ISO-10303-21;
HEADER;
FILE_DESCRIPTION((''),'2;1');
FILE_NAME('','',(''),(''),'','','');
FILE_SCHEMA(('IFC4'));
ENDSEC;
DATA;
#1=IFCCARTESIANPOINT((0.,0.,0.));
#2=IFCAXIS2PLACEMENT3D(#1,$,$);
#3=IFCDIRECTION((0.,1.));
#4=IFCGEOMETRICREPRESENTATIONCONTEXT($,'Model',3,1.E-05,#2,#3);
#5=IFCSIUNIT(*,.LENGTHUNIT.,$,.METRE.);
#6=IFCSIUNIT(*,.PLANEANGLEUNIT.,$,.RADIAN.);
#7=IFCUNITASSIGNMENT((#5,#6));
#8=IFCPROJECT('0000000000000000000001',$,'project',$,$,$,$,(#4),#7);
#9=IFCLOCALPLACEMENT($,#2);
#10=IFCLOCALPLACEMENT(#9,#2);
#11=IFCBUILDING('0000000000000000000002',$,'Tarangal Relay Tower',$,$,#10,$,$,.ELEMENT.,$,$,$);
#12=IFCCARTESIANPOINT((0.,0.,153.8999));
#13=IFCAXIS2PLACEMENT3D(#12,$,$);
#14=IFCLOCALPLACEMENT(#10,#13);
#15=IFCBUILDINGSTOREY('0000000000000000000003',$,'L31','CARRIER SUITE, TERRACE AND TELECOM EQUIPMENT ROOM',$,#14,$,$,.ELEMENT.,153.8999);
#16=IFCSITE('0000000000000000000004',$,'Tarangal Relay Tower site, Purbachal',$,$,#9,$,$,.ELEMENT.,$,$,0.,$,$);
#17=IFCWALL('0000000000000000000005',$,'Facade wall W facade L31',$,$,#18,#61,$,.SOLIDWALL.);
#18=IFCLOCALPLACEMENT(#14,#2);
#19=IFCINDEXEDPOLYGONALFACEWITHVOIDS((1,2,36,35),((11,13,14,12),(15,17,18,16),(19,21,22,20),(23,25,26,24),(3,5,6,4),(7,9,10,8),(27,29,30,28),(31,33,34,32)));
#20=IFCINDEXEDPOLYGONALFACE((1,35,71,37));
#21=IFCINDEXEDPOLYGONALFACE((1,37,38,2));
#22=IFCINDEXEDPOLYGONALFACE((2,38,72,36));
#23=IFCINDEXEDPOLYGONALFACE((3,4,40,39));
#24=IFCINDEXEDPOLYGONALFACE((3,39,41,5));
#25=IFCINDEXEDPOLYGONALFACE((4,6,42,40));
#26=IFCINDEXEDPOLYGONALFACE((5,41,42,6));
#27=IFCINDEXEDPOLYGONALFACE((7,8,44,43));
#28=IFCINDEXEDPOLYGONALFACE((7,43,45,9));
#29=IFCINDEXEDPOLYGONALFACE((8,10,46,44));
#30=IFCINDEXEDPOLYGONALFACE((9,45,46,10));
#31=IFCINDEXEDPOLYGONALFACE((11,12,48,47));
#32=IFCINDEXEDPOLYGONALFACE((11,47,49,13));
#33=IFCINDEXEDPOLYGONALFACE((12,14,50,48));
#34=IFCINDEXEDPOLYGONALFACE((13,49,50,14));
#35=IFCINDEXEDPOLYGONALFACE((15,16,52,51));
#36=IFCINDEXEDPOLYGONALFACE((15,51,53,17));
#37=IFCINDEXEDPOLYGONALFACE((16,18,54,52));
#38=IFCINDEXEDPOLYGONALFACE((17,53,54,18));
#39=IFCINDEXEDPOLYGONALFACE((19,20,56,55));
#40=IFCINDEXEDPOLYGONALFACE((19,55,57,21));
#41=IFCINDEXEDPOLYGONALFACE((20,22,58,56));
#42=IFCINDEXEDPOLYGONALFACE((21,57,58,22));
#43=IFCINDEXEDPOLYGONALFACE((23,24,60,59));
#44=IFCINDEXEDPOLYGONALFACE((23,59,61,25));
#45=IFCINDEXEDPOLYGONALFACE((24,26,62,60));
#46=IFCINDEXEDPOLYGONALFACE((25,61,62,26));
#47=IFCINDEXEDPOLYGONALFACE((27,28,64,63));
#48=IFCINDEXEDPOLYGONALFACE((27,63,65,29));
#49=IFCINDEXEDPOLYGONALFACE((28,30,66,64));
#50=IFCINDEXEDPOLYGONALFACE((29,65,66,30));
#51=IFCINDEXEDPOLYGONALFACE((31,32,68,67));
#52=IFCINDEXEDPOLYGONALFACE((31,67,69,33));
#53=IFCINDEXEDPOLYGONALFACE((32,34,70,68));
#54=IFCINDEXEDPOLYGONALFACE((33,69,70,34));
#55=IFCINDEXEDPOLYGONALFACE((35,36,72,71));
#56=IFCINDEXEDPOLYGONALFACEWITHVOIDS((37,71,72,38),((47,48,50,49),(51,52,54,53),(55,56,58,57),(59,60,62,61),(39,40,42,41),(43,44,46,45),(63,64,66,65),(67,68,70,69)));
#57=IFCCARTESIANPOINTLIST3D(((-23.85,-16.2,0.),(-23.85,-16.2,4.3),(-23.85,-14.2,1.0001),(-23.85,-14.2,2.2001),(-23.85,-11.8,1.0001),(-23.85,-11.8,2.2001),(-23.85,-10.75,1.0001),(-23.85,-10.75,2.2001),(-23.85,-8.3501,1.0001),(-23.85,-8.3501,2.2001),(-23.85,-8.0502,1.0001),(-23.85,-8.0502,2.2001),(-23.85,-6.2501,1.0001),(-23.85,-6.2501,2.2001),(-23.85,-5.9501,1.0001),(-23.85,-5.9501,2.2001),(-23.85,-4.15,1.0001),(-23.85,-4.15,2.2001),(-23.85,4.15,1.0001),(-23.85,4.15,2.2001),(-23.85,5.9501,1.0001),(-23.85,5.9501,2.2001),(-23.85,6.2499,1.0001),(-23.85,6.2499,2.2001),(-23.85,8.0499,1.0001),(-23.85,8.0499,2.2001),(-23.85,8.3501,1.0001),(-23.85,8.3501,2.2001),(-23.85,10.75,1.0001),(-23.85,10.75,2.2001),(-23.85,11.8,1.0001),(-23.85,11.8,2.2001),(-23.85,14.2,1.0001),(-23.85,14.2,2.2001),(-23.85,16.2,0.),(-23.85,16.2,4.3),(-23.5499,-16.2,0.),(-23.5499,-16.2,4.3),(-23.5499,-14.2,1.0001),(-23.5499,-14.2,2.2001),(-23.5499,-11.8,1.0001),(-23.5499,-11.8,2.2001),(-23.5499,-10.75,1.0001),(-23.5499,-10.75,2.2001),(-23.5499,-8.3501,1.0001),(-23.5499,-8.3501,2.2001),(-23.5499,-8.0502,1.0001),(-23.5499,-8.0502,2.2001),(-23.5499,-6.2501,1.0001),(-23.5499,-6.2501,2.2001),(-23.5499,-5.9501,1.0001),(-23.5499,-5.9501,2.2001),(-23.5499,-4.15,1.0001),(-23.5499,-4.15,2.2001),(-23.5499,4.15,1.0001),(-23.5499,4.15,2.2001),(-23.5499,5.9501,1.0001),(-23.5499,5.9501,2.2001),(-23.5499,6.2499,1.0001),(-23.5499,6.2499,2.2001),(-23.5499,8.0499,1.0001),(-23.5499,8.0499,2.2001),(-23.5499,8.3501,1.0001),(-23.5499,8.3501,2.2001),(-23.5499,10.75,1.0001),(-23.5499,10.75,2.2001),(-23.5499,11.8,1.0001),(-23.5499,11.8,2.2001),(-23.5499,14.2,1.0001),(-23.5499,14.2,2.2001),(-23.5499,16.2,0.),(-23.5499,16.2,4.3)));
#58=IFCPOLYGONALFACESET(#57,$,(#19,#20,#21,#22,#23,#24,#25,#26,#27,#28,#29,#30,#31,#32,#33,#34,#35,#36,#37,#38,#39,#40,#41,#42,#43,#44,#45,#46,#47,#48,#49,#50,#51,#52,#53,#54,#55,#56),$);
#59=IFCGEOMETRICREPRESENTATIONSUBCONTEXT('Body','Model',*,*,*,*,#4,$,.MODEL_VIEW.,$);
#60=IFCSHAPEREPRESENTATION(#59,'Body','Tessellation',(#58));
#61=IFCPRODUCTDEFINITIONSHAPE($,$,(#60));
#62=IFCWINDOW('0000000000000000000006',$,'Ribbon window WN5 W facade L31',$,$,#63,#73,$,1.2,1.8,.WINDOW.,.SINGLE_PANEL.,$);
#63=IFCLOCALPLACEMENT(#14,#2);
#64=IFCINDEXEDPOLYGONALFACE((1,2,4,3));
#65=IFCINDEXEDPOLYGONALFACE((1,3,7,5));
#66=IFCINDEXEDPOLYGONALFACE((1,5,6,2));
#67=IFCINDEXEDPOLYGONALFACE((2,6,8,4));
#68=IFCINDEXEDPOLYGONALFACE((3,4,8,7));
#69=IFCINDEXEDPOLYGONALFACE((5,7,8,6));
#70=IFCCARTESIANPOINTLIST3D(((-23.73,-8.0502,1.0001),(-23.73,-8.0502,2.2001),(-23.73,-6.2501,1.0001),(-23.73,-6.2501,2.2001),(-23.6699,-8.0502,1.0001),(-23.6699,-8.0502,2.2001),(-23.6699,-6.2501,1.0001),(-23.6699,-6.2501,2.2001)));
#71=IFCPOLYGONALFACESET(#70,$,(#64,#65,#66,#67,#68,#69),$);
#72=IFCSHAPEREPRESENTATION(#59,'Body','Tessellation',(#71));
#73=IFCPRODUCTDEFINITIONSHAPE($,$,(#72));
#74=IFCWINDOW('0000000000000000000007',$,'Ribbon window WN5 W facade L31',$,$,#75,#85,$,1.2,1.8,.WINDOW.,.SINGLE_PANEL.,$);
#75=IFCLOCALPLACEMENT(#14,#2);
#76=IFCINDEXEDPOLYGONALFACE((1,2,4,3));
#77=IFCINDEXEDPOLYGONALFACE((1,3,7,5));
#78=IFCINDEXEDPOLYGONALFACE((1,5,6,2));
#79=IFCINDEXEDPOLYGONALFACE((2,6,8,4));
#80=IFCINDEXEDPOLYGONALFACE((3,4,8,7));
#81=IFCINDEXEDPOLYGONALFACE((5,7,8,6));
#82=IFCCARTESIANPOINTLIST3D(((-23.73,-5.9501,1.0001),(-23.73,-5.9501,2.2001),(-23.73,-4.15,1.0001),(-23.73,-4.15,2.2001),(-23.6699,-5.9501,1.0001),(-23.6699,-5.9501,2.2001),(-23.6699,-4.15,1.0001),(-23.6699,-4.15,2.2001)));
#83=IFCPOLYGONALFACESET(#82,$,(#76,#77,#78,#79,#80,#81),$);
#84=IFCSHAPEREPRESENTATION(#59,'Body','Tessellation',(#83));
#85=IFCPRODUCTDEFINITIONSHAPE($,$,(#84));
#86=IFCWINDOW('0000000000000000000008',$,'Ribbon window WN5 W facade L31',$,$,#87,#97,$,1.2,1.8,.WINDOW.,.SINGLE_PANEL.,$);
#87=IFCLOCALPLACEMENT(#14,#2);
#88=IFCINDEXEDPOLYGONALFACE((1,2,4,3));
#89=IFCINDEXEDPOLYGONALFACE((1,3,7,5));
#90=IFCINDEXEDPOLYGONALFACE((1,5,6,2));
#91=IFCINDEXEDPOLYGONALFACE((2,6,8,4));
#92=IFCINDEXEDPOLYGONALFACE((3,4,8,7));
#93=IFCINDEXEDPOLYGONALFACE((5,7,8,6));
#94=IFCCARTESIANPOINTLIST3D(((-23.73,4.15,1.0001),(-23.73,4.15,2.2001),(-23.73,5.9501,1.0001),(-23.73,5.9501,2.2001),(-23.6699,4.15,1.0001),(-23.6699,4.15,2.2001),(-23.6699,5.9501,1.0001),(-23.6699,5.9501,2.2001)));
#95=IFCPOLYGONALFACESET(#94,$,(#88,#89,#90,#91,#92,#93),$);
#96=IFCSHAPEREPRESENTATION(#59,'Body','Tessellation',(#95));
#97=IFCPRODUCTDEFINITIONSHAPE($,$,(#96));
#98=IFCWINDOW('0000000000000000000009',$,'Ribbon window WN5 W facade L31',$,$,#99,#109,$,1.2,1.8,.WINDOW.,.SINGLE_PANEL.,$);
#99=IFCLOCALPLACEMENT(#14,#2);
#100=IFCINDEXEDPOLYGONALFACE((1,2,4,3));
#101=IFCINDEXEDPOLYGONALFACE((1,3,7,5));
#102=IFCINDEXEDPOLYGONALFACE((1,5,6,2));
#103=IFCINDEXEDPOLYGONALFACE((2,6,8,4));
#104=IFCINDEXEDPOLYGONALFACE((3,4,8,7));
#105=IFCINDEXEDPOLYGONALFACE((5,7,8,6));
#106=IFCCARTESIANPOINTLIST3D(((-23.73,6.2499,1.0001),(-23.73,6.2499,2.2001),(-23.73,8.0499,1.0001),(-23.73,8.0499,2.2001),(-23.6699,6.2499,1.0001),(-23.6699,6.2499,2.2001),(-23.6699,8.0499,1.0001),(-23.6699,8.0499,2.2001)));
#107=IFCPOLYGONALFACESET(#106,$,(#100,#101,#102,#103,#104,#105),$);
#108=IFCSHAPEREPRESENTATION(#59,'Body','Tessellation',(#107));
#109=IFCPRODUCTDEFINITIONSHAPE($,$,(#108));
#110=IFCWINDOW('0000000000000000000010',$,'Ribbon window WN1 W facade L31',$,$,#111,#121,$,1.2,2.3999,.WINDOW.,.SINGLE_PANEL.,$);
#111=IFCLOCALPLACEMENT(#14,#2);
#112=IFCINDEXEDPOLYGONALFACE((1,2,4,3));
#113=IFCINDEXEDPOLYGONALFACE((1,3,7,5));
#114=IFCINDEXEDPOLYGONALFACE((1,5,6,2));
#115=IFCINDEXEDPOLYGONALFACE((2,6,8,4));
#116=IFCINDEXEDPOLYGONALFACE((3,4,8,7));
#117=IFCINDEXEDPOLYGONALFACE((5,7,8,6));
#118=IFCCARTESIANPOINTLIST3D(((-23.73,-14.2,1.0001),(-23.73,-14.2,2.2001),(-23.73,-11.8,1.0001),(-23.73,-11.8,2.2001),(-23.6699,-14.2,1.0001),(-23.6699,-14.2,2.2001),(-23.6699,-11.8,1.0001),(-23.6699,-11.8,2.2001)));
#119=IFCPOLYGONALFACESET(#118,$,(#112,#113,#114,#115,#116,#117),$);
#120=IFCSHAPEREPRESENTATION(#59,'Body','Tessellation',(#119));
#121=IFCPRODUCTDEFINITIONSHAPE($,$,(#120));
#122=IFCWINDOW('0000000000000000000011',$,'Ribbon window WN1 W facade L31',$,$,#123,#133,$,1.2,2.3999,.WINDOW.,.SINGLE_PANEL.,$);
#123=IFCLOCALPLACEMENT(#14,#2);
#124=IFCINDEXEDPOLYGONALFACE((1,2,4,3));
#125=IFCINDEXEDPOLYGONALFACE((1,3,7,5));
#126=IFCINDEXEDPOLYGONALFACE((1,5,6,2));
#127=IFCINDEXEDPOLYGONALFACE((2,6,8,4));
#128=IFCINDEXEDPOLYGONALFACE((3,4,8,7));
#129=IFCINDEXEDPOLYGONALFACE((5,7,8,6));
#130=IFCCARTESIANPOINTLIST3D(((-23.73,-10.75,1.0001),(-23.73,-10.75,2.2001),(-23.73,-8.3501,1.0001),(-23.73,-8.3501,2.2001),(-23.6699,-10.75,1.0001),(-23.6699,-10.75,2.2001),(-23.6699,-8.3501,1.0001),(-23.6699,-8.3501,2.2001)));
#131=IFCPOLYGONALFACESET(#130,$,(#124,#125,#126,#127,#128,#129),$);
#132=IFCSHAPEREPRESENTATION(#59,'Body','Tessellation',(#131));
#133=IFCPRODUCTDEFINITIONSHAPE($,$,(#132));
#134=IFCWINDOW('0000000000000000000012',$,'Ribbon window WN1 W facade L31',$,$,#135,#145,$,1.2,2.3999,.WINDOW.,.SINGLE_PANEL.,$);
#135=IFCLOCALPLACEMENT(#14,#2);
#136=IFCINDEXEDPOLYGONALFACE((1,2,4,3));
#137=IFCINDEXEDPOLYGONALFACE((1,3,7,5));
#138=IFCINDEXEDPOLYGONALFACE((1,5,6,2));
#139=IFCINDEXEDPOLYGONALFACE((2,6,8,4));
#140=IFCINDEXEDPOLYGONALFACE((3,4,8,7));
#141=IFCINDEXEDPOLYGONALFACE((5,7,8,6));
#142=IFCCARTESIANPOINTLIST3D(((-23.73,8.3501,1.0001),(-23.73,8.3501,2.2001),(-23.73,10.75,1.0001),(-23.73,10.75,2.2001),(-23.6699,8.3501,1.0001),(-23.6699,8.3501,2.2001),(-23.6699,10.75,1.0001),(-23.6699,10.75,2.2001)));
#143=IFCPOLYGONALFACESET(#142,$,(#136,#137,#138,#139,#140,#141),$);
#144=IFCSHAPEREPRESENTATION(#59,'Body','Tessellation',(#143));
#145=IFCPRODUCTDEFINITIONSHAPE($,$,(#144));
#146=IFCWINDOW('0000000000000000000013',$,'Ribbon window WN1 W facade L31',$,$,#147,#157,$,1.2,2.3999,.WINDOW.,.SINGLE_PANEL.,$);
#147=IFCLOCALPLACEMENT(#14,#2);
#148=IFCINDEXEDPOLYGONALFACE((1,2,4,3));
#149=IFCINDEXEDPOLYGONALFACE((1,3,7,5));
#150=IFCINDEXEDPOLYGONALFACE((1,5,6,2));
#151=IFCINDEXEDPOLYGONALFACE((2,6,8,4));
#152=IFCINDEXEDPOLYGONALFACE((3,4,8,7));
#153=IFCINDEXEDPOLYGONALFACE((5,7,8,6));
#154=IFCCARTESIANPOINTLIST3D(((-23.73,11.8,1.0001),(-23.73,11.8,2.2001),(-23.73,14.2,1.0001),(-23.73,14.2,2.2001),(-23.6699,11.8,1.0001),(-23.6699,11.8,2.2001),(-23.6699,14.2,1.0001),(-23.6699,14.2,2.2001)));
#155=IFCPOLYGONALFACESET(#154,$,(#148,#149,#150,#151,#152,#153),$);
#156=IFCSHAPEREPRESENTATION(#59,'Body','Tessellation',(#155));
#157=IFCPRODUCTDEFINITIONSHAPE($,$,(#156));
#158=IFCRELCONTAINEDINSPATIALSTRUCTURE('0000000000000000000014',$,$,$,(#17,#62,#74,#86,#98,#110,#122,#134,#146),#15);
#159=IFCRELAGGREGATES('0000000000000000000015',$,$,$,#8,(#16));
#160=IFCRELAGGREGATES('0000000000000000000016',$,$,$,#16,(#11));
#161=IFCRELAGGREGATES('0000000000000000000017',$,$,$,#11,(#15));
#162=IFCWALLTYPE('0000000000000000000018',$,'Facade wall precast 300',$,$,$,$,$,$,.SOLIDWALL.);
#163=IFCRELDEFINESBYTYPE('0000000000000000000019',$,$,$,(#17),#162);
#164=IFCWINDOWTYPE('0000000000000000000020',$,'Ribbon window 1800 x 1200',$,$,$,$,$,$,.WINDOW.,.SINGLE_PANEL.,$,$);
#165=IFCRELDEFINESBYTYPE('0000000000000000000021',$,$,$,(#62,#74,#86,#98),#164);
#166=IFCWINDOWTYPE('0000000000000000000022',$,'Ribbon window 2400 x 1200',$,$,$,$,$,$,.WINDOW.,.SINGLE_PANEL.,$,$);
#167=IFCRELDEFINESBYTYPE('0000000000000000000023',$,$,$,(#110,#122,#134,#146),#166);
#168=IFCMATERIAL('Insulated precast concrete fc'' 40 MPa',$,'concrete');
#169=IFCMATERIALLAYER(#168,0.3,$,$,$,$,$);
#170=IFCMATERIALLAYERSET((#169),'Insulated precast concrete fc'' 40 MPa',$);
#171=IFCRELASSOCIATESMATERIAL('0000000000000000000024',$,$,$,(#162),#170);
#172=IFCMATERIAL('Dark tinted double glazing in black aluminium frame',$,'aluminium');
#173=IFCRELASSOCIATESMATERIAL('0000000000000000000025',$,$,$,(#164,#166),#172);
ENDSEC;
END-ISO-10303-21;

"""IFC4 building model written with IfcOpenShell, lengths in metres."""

from ifc_helpers import new_model, si_unit, direction, frame, frame_2d, origin, place, context, subcontext, project, spatial, rectangle, extrude, material, layer, layer_set, type_object, element, fill, save


model = new_model("IFC4")

# Units and contexts
model_context = context("Model", 3, precision=1e-05, world=origin(), true_north=direction((0.0, 1.0)))
body_context = subcontext(model_context, "Body", "Model", "MODEL_VIEW")
ifc_project = project(units=[si_unit("LENGTHUNIT", "METRE"), si_unit("PLANEANGLEUNIT", "RADIAN")], contexts=[model_context])

# Site, building, storey
site_placement = place(None, origin())
site = spatial("IfcSite", under=ifc_project, at=site_placement, Name="Tarangal Relay Tower site, Purbachal", CompositionType="ELEMENT", RefElevation=0.0)
building_placement = place(site_placement, origin())
building = spatial("IfcBuilding", under=site, at=building_placement, Name="Tarangal Relay Tower", CompositionType="ELEMENT")
storey_placement = place(building_placement, frame((0.0, 0.0, 153.8999)))
storey = spatial("IfcBuildingStorey", under=building, at=storey_placement, Name="L31", Description="CARRIER SUITE, TERRACE AND TELECOM EQUIPMENT ROOM", CompositionType="ELEMENT", Elevation=153.8999)

# Shared definitions
ifc_material_1 = material(Name="Insulated precast concrete fc' 40 MPa", Category="concrete")
ifc_layer_1 = layer(ifc_material_1, 0.3)
ifc_layer_set_1 = layer_set([ifc_layer_1], Name="Insulated precast concrete fc' 40 MPa")
wall_type_1 = type_object("IfcWallType", Name="Facade wall precast 300", PredefinedType="SOLIDWALL", material=ifc_layer_set_1)

# Wall, openings, windows
wall_1_placement = place(storey_placement, frame((-23.7, -16.2, 0.0), z_axis=(0.0, 0.0, 1.0), x_axis=(0.0, 1.0, 0.0)))
wall_1 = element("IfcWall", 1, at=wall_1_placement, inside=storey, type_object=wall_type_1, Name="Facade wall W facade L31", PredefinedType="SOLIDWALL", context=body_context, shape_type="SweptSolid", body=[
    extrude(rectangle(XDim=32.3999, YDim=0.3, at=frame_2d((16.2, 0.0))), origin(), (0.0, 0.0, 1.0), 4.3),
])
opening_1_placement = place(wall_1_placement, frame((2.0, 0.0, 1.0)))
opening_1 = element("IfcOpeningElement", 2, at=opening_1_placement, cuts=wall_1, PredefinedType="OPENING", context=body_context, shape_type="SweptSolid", body=[
    extrude(rectangle(XDim=2.3999, YDim=1.2, at=frame_2d((1.2, 0.6001))), frame((0.0, 0.1599, 0.0), z_axis=(0.0, -1.0, 0.0), x_axis=(1.0, 0.0, 0.0)), (0.0, 0.0, 1.0), 0.3201),
])
opening_2_placement = place(wall_1_placement, frame((5.45, 0.0, 1.0)))
opening_2 = element("IfcOpeningElement", 3, at=opening_2_placement, cuts=wall_1, PredefinedType="OPENING", context=body_context, shape_type="SweptSolid", body=[
    extrude(rectangle(XDim=2.3999, YDim=1.2, at=frame_2d((1.2, 0.6001))), frame((0.0, 0.1599, 0.0), z_axis=(0.0, -1.0, 0.0), x_axis=(1.0, 0.0, 0.0)), (0.0, 0.0, 1.0), 0.3201),
])
opening_3_placement = place(wall_1_placement, frame((8.1499, 0.0, 1.0)))
opening_3 = element("IfcOpeningElement", 4, at=opening_3_placement, cuts=wall_1, PredefinedType="OPENING", context=body_context, shape_type="SweptSolid", body=[
    extrude(rectangle(XDim=1.8, YDim=1.2, at=frame_2d((0.8999, 0.6001))), frame((0.0, 0.1599, 0.0), z_axis=(0.0, -1.0, 0.0), x_axis=(1.0, 0.0, 0.0)), (0.0, 0.0, 1.0), 0.3201),
])
opening_4_placement = place(wall_1_placement, frame((10.25, 0.0, 1.0)))
opening_4 = element("IfcOpeningElement", 5, at=opening_4_placement, cuts=wall_1, PredefinedType="OPENING", context=body_context, shape_type="SweptSolid", body=[
    extrude(rectangle(XDim=1.8, YDim=1.2, at=frame_2d((0.8999, 0.6001))), frame((0.0, 0.1599, 0.0), z_axis=(0.0, -1.0, 0.0), x_axis=(1.0, 0.0, 0.0)), (0.0, 0.0, 1.0), 0.3201),
])
opening_5_placement = place(wall_1_placement, frame((20.3501, 0.0, 1.0)))
opening_5 = element("IfcOpeningElement", 6, at=opening_5_placement, cuts=wall_1, PredefinedType="OPENING", context=body_context, shape_type="SweptSolid", body=[
    extrude(rectangle(XDim=1.8, YDim=1.2, at=frame_2d((0.8999, 0.6001))), frame((0.0, 0.1599, 0.0), z_axis=(0.0, -1.0, 0.0), x_axis=(1.0, 0.0, 0.0)), (0.0, 0.0, 1.0), 0.3201),
])
opening_6_placement = place(wall_1_placement, frame((22.45, 0.0, 1.0)))
opening_6 = element("IfcOpeningElement", 7, at=opening_6_placement, cuts=wall_1, PredefinedType="OPENING", context=body_context, shape_type="SweptSolid", body=[
    extrude(rectangle(XDim=1.8, YDim=1.2, at=frame_2d((0.8999, 0.6001))), frame((0.0, 0.1599, 0.0), z_axis=(0.0, -1.0, 0.0), x_axis=(1.0, 0.0, 0.0)), (0.0, 0.0, 1.0), 0.3201),
])
opening_7_placement = place(wall_1_placement, frame((24.55, 0.0, 1.0)))
opening_7 = element("IfcOpeningElement", 8, at=opening_7_placement, cuts=wall_1, PredefinedType="OPENING", context=body_context, shape_type="SweptSolid", body=[
    extrude(rectangle(XDim=2.3999, YDim=1.2, at=frame_2d((1.2, 0.6001))), frame((0.0, 0.1599, 0.0), z_axis=(0.0, -1.0, 0.0), x_axis=(1.0, 0.0, 0.0)), (0.0, 0.0, 1.0), 0.3201),
])
opening_8_placement = place(wall_1_placement, frame((28.0, 0.0, 1.0)))
opening_8 = element("IfcOpeningElement", 9, at=opening_8_placement, cuts=wall_1, PredefinedType="OPENING", context=body_context, shape_type="SweptSolid", body=[
    extrude(rectangle(XDim=2.3999, YDim=1.2, at=frame_2d((1.2, 0.6001))), frame((0.0, 0.1599, 0.0), z_axis=(0.0, -1.0, 0.0), x_axis=(1.0, 0.0, 0.0)), (0.0, 0.0, 1.0), 0.3201),
])
ifc_material_2 = material(Name="Dark tinted double glazing in black aluminium frame", Category="aluminium")
window_type_1 = type_object("IfcWindowType", Name="Ribbon window 1800 x 1200", PartitioningType="SINGLE_PANEL", PredefinedType="WINDOW", material=ifc_material_2)
window_1_placement = place(opening_3_placement, origin())
window_1 = element("IfcWindow", 10, at=window_1_placement, inside=storey, type_object=window_type_1, Name="Ribbon window WN5 W facade L31", OverallHeight=1.2, OverallWidth=1.8, PartitioningType="SINGLE_PANEL", PredefinedType="WINDOW", context=body_context, shape_type="SweptSolid", body=[
    extrude(rectangle(XDim=1.8, YDim=1.2, at=frame_2d((0.8999, 0.6001))), frame((0.0, 0.03, 0.0), z_axis=(0.0, -1.0, 0.0), x_axis=(1.0, 0.0, 0.0)), (0.0, 0.0, 1.0), 0.0601),
])
fill(opening_3, window_1)
window_2_placement = place(opening_4_placement, origin())
window_2 = element("IfcWindow", 11, at=window_2_placement, inside=storey, type_object=window_type_1, Name="Ribbon window WN5 W facade L31", OverallHeight=1.2, OverallWidth=1.8, PartitioningType="SINGLE_PANEL", PredefinedType="WINDOW", context=body_context, shape_type="SweptSolid", body=[
    extrude(rectangle(XDim=1.8, YDim=1.2, at=frame_2d((0.8999, 0.6001))), frame((0.0, 0.03, 0.0), z_axis=(0.0, -1.0, 0.0), x_axis=(1.0, 0.0, 0.0)), (0.0, 0.0, 1.0), 0.0601),
])
fill(opening_4, window_2)
window_3_placement = place(opening_5_placement, origin())
window_3 = element("IfcWindow", 12, at=window_3_placement, inside=storey, type_object=window_type_1, Name="Ribbon window WN5 W facade L31", OverallHeight=1.2, OverallWidth=1.8, PartitioningType="SINGLE_PANEL", PredefinedType="WINDOW", context=body_context, shape_type="SweptSolid", body=[
    extrude(rectangle(XDim=1.8, YDim=1.2, at=frame_2d((0.8999, 0.6001))), frame((0.0, 0.03, 0.0), z_axis=(0.0, -1.0, 0.0), x_axis=(1.0, 0.0, 0.0)), (0.0, 0.0, 1.0), 0.0601),
])
fill(opening_5, window_3)
window_4_placement = place(opening_6_placement, origin())
window_4 = element("IfcWindow", 13, at=window_4_placement, inside=storey, type_object=window_type_1, Name="Ribbon window WN5 W facade L31", OverallHeight=1.2, OverallWidth=1.8, PartitioningType="SINGLE_PANEL", PredefinedType="WINDOW", context=body_context, shape_type="SweptSolid", body=[
    extrude(rectangle(XDim=1.8, YDim=1.2, at=frame_2d((0.8999, 0.6001))), frame((0.0, 0.03, 0.0), z_axis=(0.0, -1.0, 0.0), x_axis=(1.0, 0.0, 0.0)), (0.0, 0.0, 1.0), 0.0601),
])
fill(opening_6, window_4)
window_type_2 = type_object("IfcWindowType", Name="Ribbon window 2400 x 1200", PartitioningType="SINGLE_PANEL", PredefinedType="WINDOW", material=ifc_material_2)
window_5_placement = place(opening_1_placement, origin())
window_5 = element("IfcWindow", 14, at=window_5_placement, inside=storey, type_object=window_type_2, Name="Ribbon window WN1 W facade L31", OverallHeight=1.2, OverallWidth=2.3999, PartitioningType="SINGLE_PANEL", PredefinedType="WINDOW", context=body_context, shape_type="SweptSolid", body=[
    extrude(rectangle(XDim=2.3999, YDim=1.2, at=frame_2d((1.2, 0.6001))), frame((0.0, 0.03, 0.0), z_axis=(0.0, -1.0, 0.0), x_axis=(1.0, 0.0, 0.0)), (0.0, 0.0, 1.0), 0.0601),
])
fill(opening_1, window_5)
window_6_placement = place(opening_2_placement, origin())
window_6 = element("IfcWindow", 15, at=window_6_placement, inside=storey, type_object=window_type_2, Name="Ribbon window WN1 W facade L31", OverallHeight=1.2, OverallWidth=2.3999, PartitioningType="SINGLE_PANEL", PredefinedType="WINDOW", context=body_context, shape_type="SweptSolid", body=[
    extrude(rectangle(XDim=2.3999, YDim=1.2, at=frame_2d((1.2, 0.6001))), frame((0.0, 0.03, 0.0), z_axis=(0.0, -1.0, 0.0), x_axis=(1.0, 0.0, 0.0)), (0.0, 0.0, 1.0), 0.0601),
])
fill(opening_2, window_6)
window_7_placement = place(opening_7_placement, origin())
window_7 = element("IfcWindow", 16, at=window_7_placement, inside=storey, type_object=window_type_2, Name="Ribbon window WN1 W facade L31", OverallHeight=1.2, OverallWidth=2.3999, PartitioningType="SINGLE_PANEL", PredefinedType="WINDOW", context=body_context, shape_type="SweptSolid", body=[
    extrude(rectangle(XDim=2.3999, YDim=1.2, at=frame_2d((1.2, 0.6001))), frame((0.0, 0.03, 0.0), z_axis=(0.0, -1.0, 0.0), x_axis=(1.0, 0.0, 0.0)), (0.0, 0.0, 1.0), 0.0601),
])
fill(opening_7, window_7)
window_8_placement = place(opening_8_placement, origin())
window_8 = element("IfcWindow", 17, at=window_8_placement, inside=storey, type_object=window_type_2, Name="Ribbon window WN1 W facade L31", OverallHeight=1.2, OverallWidth=2.3999, PartitioningType="SINGLE_PANEL", PredefinedType="WINDOW", context=body_context, shape_type="SweptSolid", body=[
    extrude(rectangle(XDim=2.3999, YDim=1.2, at=frame_2d((1.2, 0.6001))), frame((0.0, 0.03, 0.0), z_axis=(0.0, -1.0, 0.0), x_axis=(1.0, 0.0, 0.0)), (0.0, 0.0, 1.0), 0.0601),
])
fill(opening_8, window_8)

save(model, "model.ifc")
